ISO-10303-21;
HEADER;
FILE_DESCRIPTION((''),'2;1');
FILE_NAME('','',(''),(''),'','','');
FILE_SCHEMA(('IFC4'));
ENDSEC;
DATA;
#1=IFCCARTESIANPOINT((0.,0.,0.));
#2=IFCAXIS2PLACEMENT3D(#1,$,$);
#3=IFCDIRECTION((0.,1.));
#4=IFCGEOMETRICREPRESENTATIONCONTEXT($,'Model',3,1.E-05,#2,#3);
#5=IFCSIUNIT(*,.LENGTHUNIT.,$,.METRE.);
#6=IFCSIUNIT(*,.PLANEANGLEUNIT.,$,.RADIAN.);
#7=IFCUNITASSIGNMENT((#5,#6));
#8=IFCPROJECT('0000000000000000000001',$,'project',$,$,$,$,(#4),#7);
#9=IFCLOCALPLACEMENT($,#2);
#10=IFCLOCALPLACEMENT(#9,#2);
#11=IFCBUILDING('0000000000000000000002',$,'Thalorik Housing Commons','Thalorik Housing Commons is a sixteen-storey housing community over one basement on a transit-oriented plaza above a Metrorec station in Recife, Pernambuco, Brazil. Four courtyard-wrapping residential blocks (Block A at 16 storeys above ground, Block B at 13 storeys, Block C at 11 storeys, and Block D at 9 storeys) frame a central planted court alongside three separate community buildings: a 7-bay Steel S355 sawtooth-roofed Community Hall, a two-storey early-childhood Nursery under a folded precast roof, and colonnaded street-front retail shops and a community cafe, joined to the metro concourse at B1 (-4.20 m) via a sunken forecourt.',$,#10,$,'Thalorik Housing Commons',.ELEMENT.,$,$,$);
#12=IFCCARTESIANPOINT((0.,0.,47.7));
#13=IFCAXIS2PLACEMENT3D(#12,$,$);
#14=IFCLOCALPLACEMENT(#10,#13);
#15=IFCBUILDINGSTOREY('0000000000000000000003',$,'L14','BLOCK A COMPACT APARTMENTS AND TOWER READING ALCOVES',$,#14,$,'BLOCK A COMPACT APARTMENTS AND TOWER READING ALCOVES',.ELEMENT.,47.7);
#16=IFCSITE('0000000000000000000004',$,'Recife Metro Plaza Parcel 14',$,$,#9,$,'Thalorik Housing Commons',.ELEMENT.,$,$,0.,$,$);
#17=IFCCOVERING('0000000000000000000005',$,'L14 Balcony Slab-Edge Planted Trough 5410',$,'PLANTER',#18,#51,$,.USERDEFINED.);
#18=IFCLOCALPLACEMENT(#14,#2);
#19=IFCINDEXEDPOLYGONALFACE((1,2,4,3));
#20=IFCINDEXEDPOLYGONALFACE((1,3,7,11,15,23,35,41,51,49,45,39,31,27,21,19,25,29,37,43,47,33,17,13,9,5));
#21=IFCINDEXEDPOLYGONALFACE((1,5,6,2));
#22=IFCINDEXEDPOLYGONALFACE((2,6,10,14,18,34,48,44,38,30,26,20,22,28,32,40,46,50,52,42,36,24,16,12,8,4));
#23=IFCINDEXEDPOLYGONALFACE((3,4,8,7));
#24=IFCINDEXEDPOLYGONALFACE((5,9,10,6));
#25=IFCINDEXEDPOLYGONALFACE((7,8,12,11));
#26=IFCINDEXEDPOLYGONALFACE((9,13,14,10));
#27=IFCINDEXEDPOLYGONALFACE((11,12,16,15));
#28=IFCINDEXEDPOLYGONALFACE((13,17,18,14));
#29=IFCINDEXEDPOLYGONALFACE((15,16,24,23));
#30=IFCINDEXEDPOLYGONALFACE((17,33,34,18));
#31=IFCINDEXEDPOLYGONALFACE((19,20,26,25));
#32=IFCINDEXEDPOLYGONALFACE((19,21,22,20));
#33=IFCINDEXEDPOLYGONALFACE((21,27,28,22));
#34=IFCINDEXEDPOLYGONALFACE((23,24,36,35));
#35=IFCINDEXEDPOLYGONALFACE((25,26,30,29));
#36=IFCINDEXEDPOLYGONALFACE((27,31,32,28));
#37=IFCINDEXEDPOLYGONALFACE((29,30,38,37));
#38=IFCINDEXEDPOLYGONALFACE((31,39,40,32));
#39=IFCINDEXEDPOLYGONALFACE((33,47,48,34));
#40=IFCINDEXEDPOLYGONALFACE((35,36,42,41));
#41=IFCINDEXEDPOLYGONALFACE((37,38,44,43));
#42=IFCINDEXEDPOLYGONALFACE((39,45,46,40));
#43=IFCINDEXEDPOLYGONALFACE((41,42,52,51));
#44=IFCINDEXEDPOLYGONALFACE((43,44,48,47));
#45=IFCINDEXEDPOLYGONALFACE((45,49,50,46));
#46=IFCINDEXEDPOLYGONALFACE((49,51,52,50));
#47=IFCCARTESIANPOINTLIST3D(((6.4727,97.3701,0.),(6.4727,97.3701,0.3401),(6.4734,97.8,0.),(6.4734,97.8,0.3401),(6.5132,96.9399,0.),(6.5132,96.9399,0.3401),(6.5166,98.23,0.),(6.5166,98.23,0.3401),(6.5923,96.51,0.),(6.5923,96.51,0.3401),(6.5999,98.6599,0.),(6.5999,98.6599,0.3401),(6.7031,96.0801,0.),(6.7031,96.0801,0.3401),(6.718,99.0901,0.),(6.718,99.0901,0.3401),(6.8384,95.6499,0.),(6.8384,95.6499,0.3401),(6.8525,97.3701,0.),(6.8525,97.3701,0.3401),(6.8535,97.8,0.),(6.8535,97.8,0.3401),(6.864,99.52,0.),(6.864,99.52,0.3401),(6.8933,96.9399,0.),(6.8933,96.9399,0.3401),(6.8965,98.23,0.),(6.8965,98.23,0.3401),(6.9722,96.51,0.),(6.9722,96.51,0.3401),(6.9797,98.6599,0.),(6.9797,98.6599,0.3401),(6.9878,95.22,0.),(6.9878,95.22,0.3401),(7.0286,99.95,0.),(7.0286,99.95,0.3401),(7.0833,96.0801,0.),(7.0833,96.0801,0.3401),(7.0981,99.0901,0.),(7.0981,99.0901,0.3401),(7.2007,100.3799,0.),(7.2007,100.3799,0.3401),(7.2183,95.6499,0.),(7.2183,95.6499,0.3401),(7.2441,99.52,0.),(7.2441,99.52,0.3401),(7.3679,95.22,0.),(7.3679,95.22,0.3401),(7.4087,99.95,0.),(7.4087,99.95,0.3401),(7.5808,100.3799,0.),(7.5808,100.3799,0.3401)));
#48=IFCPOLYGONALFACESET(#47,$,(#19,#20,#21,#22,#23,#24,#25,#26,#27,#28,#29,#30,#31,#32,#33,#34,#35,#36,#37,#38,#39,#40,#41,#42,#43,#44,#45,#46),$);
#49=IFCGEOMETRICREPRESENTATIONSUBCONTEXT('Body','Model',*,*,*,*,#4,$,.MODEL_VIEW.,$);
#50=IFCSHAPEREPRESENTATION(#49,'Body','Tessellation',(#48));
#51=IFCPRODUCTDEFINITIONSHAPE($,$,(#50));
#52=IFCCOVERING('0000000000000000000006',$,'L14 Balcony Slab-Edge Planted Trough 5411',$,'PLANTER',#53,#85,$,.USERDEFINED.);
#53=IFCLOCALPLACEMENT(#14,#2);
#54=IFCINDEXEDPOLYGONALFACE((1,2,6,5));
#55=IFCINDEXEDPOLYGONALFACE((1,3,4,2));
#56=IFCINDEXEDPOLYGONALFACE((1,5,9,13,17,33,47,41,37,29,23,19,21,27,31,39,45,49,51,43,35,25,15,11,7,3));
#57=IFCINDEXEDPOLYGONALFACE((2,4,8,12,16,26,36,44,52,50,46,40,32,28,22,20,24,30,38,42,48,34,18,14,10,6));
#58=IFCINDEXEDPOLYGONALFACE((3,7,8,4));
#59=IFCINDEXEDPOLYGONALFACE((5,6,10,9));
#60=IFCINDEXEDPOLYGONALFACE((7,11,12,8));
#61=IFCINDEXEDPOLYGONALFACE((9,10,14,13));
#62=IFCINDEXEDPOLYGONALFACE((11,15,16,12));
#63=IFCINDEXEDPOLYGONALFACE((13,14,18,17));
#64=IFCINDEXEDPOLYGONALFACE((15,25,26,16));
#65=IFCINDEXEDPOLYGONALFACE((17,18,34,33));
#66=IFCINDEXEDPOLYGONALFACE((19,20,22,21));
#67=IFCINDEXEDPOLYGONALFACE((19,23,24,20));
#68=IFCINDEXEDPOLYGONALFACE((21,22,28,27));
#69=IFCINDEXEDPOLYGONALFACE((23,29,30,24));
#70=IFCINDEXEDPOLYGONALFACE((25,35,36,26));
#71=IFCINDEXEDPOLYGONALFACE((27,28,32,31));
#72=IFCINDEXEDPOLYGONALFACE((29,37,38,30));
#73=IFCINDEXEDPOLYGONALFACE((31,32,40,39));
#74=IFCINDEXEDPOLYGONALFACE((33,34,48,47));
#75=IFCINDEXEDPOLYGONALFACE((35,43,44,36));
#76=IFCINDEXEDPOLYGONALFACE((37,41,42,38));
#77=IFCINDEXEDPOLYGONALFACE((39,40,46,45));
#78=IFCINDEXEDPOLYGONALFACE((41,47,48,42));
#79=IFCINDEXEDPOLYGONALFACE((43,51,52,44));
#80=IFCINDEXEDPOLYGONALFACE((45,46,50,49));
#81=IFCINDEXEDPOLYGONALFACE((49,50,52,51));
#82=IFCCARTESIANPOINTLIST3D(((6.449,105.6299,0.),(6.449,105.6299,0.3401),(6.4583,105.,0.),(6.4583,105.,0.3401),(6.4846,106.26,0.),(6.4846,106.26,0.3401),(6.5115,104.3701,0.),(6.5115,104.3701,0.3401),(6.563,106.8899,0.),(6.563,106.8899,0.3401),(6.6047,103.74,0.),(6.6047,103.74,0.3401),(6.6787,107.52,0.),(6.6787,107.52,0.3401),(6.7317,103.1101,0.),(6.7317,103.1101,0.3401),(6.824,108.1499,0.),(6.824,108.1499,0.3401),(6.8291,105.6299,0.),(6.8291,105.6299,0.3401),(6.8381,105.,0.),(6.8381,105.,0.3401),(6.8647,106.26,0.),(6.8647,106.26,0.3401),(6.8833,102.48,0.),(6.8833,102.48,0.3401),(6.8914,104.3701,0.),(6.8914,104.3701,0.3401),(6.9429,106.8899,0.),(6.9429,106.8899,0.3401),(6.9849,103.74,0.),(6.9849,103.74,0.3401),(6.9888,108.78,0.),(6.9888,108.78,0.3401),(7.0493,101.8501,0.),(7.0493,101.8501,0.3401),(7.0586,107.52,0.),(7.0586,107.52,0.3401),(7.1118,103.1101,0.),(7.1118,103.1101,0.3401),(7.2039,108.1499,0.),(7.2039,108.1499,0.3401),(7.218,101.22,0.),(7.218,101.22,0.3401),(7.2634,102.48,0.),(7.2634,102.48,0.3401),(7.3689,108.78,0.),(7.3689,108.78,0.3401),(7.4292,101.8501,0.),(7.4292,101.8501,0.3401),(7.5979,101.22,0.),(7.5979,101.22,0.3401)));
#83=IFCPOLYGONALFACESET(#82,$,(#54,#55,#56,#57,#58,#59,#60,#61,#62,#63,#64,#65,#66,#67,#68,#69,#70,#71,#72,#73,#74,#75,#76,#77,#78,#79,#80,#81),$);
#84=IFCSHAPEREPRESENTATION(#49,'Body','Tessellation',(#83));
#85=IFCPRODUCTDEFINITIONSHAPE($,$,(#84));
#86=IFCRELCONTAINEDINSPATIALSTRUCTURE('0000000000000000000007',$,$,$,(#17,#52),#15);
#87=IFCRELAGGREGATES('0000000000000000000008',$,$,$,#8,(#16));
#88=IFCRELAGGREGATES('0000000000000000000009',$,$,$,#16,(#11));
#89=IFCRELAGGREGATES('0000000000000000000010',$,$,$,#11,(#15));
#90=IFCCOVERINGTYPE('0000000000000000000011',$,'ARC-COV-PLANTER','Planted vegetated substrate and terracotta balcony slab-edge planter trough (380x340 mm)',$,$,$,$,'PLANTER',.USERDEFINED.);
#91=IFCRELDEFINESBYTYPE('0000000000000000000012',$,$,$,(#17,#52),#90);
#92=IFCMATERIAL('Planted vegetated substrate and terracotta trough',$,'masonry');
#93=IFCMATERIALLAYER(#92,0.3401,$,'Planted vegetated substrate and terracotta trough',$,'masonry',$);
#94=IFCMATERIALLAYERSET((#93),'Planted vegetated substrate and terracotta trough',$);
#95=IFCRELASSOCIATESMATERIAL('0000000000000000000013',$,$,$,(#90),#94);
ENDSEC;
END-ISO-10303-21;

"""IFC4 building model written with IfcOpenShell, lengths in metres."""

from ifc_helpers import new_model, si_unit, direction, frame, origin, place, context, subcontext, project, spatial, polyline, outline, extrude, material, layer, layer_set, type_object, element, save


model = new_model("IFC4")

# Units and contexts
model_context = context("Model", 3, precision=1e-05, world=origin(), true_north=direction((0.0, 1.0)))
body_context = subcontext(model_context, "Body", "Model", "MODEL_VIEW")
ifc_project = project(units=[si_unit("LENGTHUNIT", "METRE"), si_unit("PLANEANGLEUNIT", "RADIAN")], contexts=[model_context])

# Site, building, storey
site_placement = place(None, origin())
site = spatial("IfcSite", under=ifc_project, at=site_placement, Name="Recife Metro Plaza Parcel 14", LongName="Thalorik Housing Commons", CompositionType="ELEMENT", RefElevation=0.0)
building_placement = place(site_placement, origin())
building = spatial("IfcBuilding", under=site, at=building_placement, Name="Thalorik Housing Commons", Description="Thalorik Housing Commons is a sixteen-storey housing community over one basement on a transit-oriented plaza above a Metrorec station in Recife, Pernambuco, Brazil. Four courtyard-wrapping residential blocks (Block A at 16 storeys above ground, Block B at 13 storeys, Block C at 11 storeys, and Block D at 9 storeys) frame a central planted court alongside three separate community buildings: a 7-bay Steel S355 sawtooth-roofed Community Hall, a two-storey early-childhood Nursery under a folded precast roof, and colonnaded street-front retail shops and a community cafe, joined to the metro concourse at B1 (-4.20 m) via a sunken forecourt.", LongName="Thalorik Housing Commons", CompositionType="ELEMENT")
storey_placement = place(building_placement, frame((0.0, 0.0, 47.7)))
storey = spatial("IfcBuildingStorey", under=building, at=storey_placement, Name="L14", Description="BLOCK A COMPACT APARTMENTS AND TOWER READING ALCOVES", LongName="BLOCK A COMPACT APARTMENTS AND TOWER READING ALCOVES", CompositionType="ELEMENT", Elevation=47.7)

# Coverings
ifc_material_1 = material(Name="Planted vegetated substrate and terracotta trough", Category="masonry")
ifc_layer_1 = layer(ifc_material_1, 0.3401, Name="Planted vegetated substrate and terracotta trough", Category="masonry")
ifc_layer_set_1 = layer_set([ifc_layer_1], Name="Planted vegetated substrate and terracotta trough")
covering_type_1 = type_object("IfcCoveringType", Name="ARC-COV-PLANTER", Description="Planted vegetated substrate and terracotta balcony slab-edge planter trough (380x340 mm)", ElementType="PLANTER", PredefinedType="USERDEFINED", material=ifc_layer_set_1)
covering_1_placement = place(storey_placement, origin())
element("IfcCovering", 1, at=covering_1_placement, inside=storey, type_object=covering_type_1, Name="L14 Balcony Slab-Edge Planted Trough 5410", ObjectType="PLANTER", PredefinedType="USERDEFINED", context=body_context, shape_type="SweptSolid", body=[
    extrude(outline(polyline([(7.2007, 100.3799), (7.0286, 99.95), (6.864, 99.52), (6.718, 99.0901), (6.5999, 98.6599), (6.5166, 98.23), (6.4734, 97.8), (6.4727, 97.3701), (6.5132, 96.9399), (6.5923, 96.51), (6.7031, 96.0801), (6.8384, 95.6499), (6.9878, 95.22), (7.3679, 95.22), (7.2183, 95.6499), (7.0833, 96.0801), (6.9722, 96.51), (6.8933, 96.9399), (6.8525, 97.3701), (6.8535, 97.8), (6.8965, 98.23), (6.9797, 98.6599), (7.0981, 99.0901), (7.2441, 99.52), (7.4087, 99.95), (7.5808, 100.3799), (7.2007, 100.3799)])), origin(), (0.0, 0.0, 1.0), 0.3401),
])
covering_2_placement = place(storey_placement, origin())
element("IfcCovering", 2, at=covering_2_placement, inside=storey, type_object=covering_type_1, Name="L14 Balcony Slab-Edge Planted Trough 5411", ObjectType="PLANTER", PredefinedType="USERDEFINED", context=body_context, shape_type="SweptSolid", body=[
    extrude(outline(polyline([(6.9888, 108.78), (6.824, 108.1499), (6.6787, 107.52), (6.563, 106.8899), (6.4846, 106.26), (6.449, 105.6299), (6.4583, 105.0), (6.5115, 104.3701), (6.6047, 103.74), (6.7317, 103.1101), (6.8833, 102.48), (7.0493, 101.8501), (7.218, 101.22), (7.5979, 101.22), (7.4292, 101.8501), (7.2634, 102.48), (7.1118, 103.1101), (6.9849, 103.74), (6.8914, 104.3701), (6.8381, 105.0), (6.8291, 105.6299), (6.8647, 106.26), (6.9429, 106.8899), (7.0586, 107.52), (7.2039, 108.1499), (7.3689, 108.78), (6.9888, 108.78)])), origin(), (0.0, 0.0, 1.0), 0.3401),
])

save(model, "model.ifc")
